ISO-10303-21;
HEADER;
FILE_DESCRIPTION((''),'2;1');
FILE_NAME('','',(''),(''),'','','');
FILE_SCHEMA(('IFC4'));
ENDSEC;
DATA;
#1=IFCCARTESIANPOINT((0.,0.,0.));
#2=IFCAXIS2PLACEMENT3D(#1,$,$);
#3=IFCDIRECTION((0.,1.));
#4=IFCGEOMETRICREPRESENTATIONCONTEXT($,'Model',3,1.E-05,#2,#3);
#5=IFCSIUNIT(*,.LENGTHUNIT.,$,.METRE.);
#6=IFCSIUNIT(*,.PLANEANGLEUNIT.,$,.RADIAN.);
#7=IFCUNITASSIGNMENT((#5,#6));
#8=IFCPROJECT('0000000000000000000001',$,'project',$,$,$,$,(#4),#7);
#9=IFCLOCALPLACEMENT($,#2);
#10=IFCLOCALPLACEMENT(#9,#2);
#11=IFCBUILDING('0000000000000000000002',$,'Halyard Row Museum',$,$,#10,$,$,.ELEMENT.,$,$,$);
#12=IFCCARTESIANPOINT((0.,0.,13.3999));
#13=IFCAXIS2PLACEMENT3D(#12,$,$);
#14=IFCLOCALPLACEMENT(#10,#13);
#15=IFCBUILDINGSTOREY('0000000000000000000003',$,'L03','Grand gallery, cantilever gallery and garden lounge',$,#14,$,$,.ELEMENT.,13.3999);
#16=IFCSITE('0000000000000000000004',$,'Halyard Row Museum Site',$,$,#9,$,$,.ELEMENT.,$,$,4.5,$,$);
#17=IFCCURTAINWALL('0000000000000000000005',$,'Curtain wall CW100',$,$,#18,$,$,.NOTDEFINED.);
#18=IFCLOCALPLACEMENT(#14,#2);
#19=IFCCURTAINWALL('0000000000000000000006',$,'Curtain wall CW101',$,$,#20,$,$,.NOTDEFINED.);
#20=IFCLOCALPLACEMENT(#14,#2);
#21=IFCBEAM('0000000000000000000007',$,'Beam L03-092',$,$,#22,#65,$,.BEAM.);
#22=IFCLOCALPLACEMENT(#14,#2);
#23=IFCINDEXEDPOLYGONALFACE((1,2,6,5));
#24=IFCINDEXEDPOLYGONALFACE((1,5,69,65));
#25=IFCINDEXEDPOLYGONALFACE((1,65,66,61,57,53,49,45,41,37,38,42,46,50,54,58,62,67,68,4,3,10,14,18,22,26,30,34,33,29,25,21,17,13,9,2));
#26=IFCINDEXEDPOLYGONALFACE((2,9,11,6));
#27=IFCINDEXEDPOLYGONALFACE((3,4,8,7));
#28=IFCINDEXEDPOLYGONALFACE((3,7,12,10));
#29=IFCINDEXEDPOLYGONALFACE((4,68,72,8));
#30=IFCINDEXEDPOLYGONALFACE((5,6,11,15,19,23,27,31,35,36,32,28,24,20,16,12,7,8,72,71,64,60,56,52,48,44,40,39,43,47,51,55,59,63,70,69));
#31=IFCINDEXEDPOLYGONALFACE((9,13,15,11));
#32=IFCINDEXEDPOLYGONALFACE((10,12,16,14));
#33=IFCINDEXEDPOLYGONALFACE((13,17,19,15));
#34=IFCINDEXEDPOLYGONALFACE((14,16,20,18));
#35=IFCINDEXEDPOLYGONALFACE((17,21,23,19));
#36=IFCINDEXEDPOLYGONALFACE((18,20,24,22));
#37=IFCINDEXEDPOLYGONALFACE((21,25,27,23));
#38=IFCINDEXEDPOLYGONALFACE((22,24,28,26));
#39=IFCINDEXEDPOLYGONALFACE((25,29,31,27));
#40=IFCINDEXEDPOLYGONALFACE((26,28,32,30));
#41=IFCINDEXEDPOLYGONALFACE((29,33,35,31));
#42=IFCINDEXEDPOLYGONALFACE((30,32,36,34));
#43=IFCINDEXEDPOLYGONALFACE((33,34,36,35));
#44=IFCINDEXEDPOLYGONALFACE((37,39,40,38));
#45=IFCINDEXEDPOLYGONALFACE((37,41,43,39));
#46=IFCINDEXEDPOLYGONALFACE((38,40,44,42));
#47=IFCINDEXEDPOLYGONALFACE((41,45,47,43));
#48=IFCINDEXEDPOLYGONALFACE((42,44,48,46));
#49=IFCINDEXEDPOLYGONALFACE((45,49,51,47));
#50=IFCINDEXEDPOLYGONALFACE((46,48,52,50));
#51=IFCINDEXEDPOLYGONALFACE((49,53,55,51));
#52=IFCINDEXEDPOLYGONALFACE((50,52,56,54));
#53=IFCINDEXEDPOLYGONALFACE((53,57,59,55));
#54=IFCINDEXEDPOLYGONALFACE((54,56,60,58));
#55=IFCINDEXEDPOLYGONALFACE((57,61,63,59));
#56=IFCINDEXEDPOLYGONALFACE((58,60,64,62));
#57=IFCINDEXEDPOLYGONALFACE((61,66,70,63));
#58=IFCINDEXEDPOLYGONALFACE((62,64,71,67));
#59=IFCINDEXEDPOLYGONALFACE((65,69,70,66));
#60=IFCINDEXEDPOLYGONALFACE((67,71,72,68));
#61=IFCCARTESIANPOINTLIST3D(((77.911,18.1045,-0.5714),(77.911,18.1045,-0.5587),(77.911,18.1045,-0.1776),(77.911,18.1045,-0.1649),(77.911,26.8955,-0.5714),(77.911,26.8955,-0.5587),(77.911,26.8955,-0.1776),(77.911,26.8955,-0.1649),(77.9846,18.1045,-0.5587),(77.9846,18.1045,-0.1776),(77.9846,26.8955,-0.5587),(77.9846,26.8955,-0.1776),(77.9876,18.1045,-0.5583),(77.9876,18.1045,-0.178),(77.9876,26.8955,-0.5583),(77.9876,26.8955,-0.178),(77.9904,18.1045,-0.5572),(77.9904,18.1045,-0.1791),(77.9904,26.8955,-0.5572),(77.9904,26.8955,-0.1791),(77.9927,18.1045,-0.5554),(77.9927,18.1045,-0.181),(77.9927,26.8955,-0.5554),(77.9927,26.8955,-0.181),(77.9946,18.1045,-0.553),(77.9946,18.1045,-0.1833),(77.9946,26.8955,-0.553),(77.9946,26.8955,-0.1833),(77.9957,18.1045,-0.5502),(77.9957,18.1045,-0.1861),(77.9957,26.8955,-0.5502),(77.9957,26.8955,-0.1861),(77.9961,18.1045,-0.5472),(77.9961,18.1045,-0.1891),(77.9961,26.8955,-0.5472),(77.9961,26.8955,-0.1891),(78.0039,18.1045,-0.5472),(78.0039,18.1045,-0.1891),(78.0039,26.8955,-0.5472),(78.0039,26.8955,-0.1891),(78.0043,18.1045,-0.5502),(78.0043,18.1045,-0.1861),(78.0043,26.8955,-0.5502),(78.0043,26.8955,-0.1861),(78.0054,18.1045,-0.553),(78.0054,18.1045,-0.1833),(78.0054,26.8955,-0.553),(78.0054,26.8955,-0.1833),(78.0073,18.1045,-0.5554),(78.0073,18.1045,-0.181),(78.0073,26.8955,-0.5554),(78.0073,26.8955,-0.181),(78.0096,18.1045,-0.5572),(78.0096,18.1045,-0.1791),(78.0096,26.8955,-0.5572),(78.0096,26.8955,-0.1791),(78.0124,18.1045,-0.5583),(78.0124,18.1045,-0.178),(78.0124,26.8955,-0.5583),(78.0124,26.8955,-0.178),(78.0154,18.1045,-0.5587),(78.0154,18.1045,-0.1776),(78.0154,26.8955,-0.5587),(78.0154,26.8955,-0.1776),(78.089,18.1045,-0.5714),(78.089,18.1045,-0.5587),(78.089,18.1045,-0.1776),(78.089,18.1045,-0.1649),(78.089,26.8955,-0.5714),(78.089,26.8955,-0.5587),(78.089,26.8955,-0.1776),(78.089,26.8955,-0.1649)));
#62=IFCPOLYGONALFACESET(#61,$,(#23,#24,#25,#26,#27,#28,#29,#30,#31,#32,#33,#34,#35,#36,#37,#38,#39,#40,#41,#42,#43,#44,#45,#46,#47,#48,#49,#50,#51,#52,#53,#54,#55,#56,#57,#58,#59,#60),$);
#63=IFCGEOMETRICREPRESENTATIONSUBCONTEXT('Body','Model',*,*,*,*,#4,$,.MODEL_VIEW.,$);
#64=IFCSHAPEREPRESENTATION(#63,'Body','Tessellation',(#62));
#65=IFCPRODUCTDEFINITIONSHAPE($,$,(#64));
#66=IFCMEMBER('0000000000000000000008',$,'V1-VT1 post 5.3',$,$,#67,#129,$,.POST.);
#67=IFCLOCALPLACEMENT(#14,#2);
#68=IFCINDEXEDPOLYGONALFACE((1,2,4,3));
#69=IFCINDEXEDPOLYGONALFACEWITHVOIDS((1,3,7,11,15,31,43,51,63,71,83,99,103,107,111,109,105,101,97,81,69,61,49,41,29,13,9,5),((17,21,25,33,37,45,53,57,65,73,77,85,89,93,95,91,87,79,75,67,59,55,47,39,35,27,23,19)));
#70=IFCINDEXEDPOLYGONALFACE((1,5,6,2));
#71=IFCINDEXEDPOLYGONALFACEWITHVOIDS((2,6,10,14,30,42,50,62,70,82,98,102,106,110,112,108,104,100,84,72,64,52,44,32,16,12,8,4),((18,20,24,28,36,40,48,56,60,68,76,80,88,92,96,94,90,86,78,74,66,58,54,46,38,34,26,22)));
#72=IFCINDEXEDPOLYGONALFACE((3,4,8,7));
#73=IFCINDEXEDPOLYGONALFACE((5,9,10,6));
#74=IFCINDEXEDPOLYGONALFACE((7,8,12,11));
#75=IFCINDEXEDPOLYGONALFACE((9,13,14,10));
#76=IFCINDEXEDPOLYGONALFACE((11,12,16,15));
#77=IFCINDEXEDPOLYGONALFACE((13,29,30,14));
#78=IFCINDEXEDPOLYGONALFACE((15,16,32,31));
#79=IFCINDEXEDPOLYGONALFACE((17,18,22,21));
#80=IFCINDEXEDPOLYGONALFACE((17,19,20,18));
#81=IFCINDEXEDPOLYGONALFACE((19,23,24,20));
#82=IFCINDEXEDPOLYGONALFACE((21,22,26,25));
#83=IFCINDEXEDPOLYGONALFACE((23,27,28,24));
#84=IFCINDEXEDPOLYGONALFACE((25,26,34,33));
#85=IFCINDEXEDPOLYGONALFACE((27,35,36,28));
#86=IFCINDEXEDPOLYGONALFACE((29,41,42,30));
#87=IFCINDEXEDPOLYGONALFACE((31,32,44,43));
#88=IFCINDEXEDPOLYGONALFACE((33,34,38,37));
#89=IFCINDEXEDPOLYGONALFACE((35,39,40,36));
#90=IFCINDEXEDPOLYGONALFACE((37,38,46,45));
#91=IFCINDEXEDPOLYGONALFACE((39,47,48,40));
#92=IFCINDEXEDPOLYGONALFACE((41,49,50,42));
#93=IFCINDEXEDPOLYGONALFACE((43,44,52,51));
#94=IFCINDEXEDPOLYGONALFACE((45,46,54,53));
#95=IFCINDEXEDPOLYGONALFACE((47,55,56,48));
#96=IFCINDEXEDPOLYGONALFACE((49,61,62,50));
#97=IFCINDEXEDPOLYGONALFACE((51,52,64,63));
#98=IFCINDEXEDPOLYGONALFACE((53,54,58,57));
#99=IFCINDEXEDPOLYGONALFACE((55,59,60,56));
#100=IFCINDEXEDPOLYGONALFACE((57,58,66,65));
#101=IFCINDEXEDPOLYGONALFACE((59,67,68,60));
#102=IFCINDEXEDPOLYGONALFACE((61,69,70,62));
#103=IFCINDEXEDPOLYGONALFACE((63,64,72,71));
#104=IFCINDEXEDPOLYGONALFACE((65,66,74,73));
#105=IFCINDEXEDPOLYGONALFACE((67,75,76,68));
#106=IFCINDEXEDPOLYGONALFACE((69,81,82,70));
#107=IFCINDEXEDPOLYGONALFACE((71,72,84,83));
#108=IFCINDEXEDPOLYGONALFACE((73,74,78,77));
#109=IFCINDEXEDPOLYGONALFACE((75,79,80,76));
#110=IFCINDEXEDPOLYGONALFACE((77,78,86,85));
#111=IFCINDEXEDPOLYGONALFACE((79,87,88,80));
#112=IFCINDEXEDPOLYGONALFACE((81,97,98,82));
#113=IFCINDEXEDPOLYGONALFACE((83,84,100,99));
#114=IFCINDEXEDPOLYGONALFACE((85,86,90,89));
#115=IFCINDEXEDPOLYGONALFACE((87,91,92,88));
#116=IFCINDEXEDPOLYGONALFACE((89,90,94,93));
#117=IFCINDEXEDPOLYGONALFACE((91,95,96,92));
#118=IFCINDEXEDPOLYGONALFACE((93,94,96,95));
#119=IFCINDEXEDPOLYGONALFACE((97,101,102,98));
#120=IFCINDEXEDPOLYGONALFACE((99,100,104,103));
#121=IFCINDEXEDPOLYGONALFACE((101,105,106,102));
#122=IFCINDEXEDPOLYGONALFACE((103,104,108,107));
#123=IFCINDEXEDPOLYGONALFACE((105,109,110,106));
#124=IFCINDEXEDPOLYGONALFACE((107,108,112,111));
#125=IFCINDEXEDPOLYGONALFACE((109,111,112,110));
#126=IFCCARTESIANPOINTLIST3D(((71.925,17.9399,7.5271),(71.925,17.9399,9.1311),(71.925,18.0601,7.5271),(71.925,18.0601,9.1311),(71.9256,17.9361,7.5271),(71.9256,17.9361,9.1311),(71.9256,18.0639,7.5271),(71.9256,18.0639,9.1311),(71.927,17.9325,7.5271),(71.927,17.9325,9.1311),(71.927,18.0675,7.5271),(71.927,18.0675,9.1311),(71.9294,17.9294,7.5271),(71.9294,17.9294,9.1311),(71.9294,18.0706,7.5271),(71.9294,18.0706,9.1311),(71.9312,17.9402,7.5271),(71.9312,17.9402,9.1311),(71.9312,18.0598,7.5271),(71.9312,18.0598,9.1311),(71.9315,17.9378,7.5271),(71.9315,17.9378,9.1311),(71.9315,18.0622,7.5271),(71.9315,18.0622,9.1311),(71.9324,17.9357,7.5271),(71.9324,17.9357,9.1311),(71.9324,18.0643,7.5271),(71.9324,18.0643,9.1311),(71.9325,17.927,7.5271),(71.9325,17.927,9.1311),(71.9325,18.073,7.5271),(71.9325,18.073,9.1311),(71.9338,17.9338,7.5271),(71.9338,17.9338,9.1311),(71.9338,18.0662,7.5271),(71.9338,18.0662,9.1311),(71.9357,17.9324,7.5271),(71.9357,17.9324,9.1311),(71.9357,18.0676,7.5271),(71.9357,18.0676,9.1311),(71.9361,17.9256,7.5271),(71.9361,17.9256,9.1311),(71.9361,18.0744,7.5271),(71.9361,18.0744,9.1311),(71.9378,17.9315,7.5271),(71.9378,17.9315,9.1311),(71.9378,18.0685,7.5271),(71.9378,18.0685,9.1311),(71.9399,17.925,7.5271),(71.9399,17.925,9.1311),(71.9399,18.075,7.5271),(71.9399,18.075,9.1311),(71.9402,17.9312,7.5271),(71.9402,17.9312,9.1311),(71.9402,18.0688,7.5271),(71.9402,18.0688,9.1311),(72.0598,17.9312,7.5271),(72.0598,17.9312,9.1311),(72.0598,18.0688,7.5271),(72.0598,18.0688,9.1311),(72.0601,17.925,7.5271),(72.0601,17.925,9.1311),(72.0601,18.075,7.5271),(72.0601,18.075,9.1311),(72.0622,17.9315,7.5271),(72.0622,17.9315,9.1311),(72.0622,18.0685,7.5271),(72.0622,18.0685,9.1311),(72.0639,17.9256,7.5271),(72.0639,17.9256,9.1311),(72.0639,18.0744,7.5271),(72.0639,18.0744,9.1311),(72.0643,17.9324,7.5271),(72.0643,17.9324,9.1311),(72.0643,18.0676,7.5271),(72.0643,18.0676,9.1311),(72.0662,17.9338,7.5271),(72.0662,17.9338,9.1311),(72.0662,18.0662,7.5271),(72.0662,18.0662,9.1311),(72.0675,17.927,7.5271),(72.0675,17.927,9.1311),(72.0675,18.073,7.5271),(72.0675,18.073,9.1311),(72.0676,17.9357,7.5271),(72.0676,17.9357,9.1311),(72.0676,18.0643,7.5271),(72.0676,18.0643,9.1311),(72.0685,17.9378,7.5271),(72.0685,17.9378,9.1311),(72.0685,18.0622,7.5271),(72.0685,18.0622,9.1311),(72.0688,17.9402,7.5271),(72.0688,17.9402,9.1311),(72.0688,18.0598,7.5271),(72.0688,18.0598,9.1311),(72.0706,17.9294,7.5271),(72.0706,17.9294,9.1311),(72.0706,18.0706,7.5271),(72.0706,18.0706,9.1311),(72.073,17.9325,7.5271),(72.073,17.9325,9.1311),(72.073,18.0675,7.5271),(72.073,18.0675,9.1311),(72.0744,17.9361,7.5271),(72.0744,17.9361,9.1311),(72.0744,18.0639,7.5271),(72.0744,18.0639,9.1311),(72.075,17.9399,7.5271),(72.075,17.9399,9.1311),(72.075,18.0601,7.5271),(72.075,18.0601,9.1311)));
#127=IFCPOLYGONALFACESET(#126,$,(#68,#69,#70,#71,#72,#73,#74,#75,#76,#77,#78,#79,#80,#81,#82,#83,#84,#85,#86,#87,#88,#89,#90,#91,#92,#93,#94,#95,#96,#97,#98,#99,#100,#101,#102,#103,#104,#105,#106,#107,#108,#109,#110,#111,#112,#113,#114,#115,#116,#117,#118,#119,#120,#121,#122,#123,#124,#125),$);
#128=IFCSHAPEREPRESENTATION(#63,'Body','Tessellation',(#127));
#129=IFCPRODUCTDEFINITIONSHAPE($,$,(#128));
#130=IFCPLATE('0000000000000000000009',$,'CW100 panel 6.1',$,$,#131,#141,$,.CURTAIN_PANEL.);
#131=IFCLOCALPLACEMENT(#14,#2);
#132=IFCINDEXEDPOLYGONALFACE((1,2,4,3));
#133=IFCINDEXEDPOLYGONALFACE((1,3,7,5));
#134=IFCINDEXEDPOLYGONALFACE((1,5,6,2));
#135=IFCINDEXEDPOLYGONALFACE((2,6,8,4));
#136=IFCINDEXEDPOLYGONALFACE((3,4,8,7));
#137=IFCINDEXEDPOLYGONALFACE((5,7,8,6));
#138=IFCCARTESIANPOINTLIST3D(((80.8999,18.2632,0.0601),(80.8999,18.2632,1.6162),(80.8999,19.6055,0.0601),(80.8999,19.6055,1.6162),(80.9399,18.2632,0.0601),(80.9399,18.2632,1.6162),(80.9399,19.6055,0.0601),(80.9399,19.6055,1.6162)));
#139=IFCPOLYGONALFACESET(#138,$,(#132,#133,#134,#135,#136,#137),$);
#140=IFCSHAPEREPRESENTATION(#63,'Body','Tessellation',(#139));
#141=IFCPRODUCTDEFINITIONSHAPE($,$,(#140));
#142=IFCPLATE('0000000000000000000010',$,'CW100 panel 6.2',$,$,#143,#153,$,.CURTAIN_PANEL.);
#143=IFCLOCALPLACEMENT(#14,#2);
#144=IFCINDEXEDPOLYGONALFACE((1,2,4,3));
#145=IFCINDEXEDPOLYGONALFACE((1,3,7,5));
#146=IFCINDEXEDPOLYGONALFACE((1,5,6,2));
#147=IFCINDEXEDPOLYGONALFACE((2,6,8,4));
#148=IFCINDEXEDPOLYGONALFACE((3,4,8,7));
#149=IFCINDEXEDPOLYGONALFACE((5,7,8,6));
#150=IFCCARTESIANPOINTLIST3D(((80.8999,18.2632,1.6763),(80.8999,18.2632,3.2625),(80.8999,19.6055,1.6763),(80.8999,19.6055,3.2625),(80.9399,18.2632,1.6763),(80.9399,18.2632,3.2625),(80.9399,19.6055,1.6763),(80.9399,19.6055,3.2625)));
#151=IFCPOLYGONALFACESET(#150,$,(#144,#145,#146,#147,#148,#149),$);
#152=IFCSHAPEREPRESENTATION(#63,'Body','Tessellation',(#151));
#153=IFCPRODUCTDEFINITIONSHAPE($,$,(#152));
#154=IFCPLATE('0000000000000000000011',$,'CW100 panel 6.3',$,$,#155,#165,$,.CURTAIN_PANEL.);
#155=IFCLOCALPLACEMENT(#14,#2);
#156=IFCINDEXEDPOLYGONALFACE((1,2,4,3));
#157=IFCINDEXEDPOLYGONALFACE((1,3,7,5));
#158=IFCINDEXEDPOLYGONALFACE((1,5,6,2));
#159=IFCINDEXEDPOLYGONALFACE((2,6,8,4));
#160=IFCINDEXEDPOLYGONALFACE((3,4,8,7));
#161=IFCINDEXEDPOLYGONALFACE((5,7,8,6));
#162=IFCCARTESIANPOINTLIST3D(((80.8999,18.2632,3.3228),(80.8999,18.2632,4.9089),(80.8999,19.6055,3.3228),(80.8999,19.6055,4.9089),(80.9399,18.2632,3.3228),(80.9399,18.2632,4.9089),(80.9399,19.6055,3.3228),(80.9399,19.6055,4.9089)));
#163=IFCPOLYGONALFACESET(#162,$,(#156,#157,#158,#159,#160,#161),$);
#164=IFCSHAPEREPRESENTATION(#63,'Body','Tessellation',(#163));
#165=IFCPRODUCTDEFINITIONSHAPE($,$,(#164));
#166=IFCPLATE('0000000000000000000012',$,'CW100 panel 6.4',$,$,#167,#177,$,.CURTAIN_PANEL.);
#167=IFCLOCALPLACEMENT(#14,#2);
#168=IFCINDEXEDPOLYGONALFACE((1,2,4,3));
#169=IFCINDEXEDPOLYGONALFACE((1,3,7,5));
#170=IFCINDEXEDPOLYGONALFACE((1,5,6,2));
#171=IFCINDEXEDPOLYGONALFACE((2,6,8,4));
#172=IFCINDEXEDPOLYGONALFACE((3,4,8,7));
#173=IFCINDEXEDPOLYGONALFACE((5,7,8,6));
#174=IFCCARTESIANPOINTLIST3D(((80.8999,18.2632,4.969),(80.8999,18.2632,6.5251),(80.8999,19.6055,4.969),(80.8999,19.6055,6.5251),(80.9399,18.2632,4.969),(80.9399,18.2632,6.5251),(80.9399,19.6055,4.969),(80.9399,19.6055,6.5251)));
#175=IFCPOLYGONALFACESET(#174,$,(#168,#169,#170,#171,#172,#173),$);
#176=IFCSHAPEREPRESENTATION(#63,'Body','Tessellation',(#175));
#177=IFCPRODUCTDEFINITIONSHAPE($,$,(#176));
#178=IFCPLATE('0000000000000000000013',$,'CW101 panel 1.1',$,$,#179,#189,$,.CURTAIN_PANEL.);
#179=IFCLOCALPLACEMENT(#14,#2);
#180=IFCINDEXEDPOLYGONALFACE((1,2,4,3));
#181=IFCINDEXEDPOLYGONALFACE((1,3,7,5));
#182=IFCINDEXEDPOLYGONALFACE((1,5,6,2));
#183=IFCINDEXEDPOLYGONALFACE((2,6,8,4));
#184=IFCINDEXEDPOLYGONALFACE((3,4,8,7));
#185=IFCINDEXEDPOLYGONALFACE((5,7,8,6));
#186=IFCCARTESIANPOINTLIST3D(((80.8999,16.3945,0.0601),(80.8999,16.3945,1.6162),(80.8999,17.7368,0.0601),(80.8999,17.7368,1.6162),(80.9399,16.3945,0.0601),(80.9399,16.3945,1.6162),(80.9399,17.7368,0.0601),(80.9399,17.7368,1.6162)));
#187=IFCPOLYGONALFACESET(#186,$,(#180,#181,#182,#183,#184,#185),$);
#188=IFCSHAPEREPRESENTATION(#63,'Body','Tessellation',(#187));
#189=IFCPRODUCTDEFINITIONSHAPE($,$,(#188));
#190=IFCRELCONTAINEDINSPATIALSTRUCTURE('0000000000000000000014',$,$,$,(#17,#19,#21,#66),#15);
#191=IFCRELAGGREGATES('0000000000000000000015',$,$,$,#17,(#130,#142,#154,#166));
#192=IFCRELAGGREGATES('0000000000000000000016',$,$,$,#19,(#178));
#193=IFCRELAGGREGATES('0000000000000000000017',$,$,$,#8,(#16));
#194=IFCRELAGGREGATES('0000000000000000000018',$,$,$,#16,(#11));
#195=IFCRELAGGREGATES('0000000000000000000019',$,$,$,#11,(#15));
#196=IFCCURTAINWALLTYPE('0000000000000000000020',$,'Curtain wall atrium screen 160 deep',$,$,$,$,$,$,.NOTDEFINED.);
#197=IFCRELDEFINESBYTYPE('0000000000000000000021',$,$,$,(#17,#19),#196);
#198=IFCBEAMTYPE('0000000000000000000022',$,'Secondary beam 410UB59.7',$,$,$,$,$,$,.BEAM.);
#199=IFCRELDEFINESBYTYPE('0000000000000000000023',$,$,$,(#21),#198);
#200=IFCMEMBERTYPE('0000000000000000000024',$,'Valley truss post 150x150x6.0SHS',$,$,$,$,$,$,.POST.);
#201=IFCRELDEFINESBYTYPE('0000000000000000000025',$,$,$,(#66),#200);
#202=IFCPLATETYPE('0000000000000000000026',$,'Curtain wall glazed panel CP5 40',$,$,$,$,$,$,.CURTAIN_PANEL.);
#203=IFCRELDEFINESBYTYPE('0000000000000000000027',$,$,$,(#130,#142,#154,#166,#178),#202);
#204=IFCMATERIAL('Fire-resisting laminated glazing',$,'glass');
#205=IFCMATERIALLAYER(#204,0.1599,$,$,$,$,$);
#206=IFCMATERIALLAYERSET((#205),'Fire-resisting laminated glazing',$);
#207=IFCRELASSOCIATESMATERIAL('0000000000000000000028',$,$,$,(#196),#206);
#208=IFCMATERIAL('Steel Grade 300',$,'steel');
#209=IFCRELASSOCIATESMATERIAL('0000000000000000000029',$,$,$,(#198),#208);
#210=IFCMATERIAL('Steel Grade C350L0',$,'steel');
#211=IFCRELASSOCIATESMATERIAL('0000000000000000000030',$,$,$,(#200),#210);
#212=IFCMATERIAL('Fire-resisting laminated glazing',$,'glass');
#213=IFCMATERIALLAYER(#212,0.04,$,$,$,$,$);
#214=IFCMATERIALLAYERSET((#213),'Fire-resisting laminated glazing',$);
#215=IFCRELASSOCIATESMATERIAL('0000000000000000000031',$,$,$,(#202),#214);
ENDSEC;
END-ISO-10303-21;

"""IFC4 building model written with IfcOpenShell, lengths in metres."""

from ifc_helpers import new_model, si_unit, direction, frame, origin, origin_2d, place, context, subcontext, project, spatial, rectangle, hollow_rectangle, i_section, extrude, material, layer, layer_set, material_profile, profile_set, type_object, element, aggregate, save


model = new_model("IFC4")

# Units and contexts
model_context = context("Model", 3, precision=1e-05, world=origin(), true_north=direction((0.0, 1.0)))
body_context = subcontext(model_context, "Body", "Model", "MODEL_VIEW")
ifc_project = project(units=[si_unit("LENGTHUNIT", "METRE"), si_unit("PLANEANGLEUNIT", "RADIAN")], contexts=[model_context])

# Site, building, storey
site_placement = place(None, origin())
site = spatial("IfcSite", under=ifc_project, at=site_placement, Name="Halyard Row Museum Site", CompositionType="ELEMENT", RefElevation=4.5)
building_placement = place(site_placement, origin())
building = spatial("IfcBuilding", under=site, at=building_placement, Name="Halyard Row Museum", CompositionType="ELEMENT")
storey_placement = place(building_placement, frame((0.0, 0.0, 13.3999)))
storey = spatial("IfcBuildingStorey", under=building, at=storey_placement, Name="L03", Description="Grand gallery, cantilever gallery and garden lounge", CompositionType="ELEMENT", Elevation=13.3999)

# Curtain wall
ifc_material_1 = material(Name="Fire-resisting laminated glazing", Category="glass")
ifc_layer_1 = layer(ifc_material_1, 0.1599)
ifc_layer_set_1 = layer_set([ifc_layer_1], Name="Fire-resisting laminated glazing")
curtain_wall_type = type_object("IfcCurtainWallType", Name="Curtain wall atrium screen 160 deep", PredefinedType="NOTDEFINED", material=ifc_layer_set_1)
curtain_wall_1_placement = place(storey_placement, origin())
curtain_wall_1 = element("IfcCurtainWall", 1, at=curtain_wall_1_placement, inside=storey, type_object=curtain_wall_type, Name="Curtain wall CW100", PredefinedType="NOTDEFINED")

# Curtain wall
curtain_wall_2_placement = place(storey_placement, origin())
curtain_wall_2 = element("IfcCurtainWall", 2, at=curtain_wall_2_placement, inside=storey, type_object=curtain_wall_type, Name="Curtain wall CW101", PredefinedType="NOTDEFINED")

# Beam
ifc_material_2 = material(Name="Steel Grade 300", Category="steel")
ifc_material_profile_1 = material_profile(ifc_material_2, i_section(OverallWidth=0.178, OverallDepth=0.4065, WebThickness=0.0078, FlangeThickness=0.0127, FilletRadius=0.0115, at=origin_2d()), Name="410UB59.7")
ifc_profile_set_1 = profile_set([ifc_material_profile_1], Name="Steel Grade 300")
beam_type_1 = type_object("IfcBeamType", Name="Secondary beam 410UB59.7", PredefinedType="BEAM", material=ifc_profile_set_1)
beam_1_placement = place(storey_placement, frame((78.0, 18.1045, -0.3682), z_axis=(0.0, 1.0, 0.0), x_axis=(-1.0, 0.0, 0.0)))
element("IfcBeam", 3, at=beam_1_placement, inside=storey, type_object=beam_type_1, Name="Beam L03-092", PredefinedType="BEAM", context=body_context, shape_type="SweptSolid", body=[
    extrude(i_section(OverallWidth=0.178, OverallDepth=0.4065, WebThickness=0.0078, FlangeThickness=0.0127, FilletRadius=0.0115, at=origin_2d()), origin(), (0.0, 0.0, 1.0), 8.791),
])

# Member
ifc_material_3 = material(Name="Steel Grade C350L0", Category="steel")
ifc_material_profile_2 = material_profile(ifc_material_3, hollow_rectangle(XDim=0.1499, YDim=0.1499, WallThickness=0.0061, InnerFilletRadius=0.009, OuterFilletRadius=0.0149, at=origin_2d()), Name="150x150x6.0SHS")
ifc_profile_set_2 = profile_set([ifc_material_profile_2], Name="Steel Grade C350L0")
member_type_1 = type_object("IfcMemberType", Name="Valley truss post 150x150x6.0SHS", PredefinedType="POST", material=ifc_profile_set_2)
member_1_placement = place(storey_placement, frame((72.0, 18.0, 7.5271), z_axis=(0.0, 0.0, 1.0), x_axis=(1.0, 0.0, 0.0)))
element("IfcMember", 4, at=member_1_placement, inside=storey, type_object=member_type_1, Name="V1-VT1 post 5.3", PredefinedType="POST", context=body_context, shape_type="SweptSolid", body=[
    extrude(hollow_rectangle(XDim=0.1499, YDim=0.1499, WallThickness=0.0061, InnerFilletRadius=0.009, OuterFilletRadius=0.0149, at=origin_2d()), origin(), (0.0, 0.0, 1.0), 1.604),
])

# Plates
ifc_material_4 = material(Name="Fire-resisting laminated glazing", Category="glass")
ifc_layer_2 = layer(ifc_material_4, 0.04)
ifc_layer_set_2 = layer_set([ifc_layer_2], Name="Fire-resisting laminated glazing")
plate_type = type_object("IfcPlateType", Name="Curtain wall glazed panel CP5 40", PredefinedType="CURTAIN_PANEL", material=ifc_layer_set_2)
plate_1_placement = place(storey_placement, frame((80.9199, 18.9343, 0.0601), z_axis=(0.0, 0.0, 1.0), x_axis=(0.0, -1.0, 0.0)))
plate_1 = element("IfcPlate", 5, at=plate_1_placement, type_object=plate_type, Name="CW100 panel 6.1", PredefinedType="CURTAIN_PANEL", context=body_context, shape_type="SweptSolid", body=[
    extrude(rectangle(XDim=1.3423, YDim=0.04, at=origin_2d()), origin(), (0.0, 0.0, 1.0), 1.5562),
])
plate_2_placement = place(storey_placement, frame((80.9199, 18.9343, 1.6763), z_axis=(0.0, 0.0, 1.0), x_axis=(0.0, -1.0, 0.0)))
plate_2 = element("IfcPlate", 6, at=plate_2_placement, type_object=plate_type, Name="CW100 panel 6.2", PredefinedType="CURTAIN_PANEL", context=body_context, shape_type="SweptSolid", body=[
    extrude(rectangle(XDim=1.3423, YDim=0.04, at=origin_2d()), origin(), (0.0, 0.0, 1.0), 1.5862),
])
plate_3_placement = place(storey_placement, frame((80.9199, 18.9343, 3.3228), z_axis=(0.0, 0.0, 1.0), x_axis=(0.0, -1.0, 0.0)))
plate_3 = element("IfcPlate", 7, at=plate_3_placement, type_object=plate_type, Name="CW100 panel 6.3", PredefinedType="CURTAIN_PANEL", context=body_context, shape_type="SweptSolid", body=[
    extrude(rectangle(XDim=1.3423, YDim=0.04, at=origin_2d()), origin(), (0.0, 0.0, 1.0), 1.5862),
])
plate_4_placement = place(storey_placement, frame((80.9199, 18.9343, 4.969), z_axis=(0.0, 0.0, 1.0), x_axis=(0.0, -1.0, 0.0)))
plate_4 = element("IfcPlate", 8, at=plate_4_placement, type_object=plate_type, Name="CW100 panel 6.4", PredefinedType="CURTAIN_PANEL", context=body_context, shape_type="SweptSolid", body=[
    extrude(rectangle(XDim=1.3423, YDim=0.04, at=origin_2d()), origin(), (0.0, 0.0, 1.0), 1.5562),
])
aggregate(curtain_wall_1, [plate_1, plate_2, plate_3, plate_4])
plate_5_placement = place(storey_placement, frame((80.9199, 17.0657, 0.0601), z_axis=(0.0, 0.0, 1.0), x_axis=(0.0, -1.0, 0.0)))
plate_5 = element("IfcPlate", 9, at=plate_5_placement, type_object=plate_type, Name="CW101 panel 1.1", PredefinedType="CURTAIN_PANEL", context=body_context, shape_type="SweptSolid", body=[
    extrude(rectangle(XDim=1.3423, YDim=0.04, at=origin_2d()), origin(), (0.0, 0.0, 1.0), 1.5562),
])
aggregate(curtain_wall_2, [plate_5])

save(model, "model.ifc")
